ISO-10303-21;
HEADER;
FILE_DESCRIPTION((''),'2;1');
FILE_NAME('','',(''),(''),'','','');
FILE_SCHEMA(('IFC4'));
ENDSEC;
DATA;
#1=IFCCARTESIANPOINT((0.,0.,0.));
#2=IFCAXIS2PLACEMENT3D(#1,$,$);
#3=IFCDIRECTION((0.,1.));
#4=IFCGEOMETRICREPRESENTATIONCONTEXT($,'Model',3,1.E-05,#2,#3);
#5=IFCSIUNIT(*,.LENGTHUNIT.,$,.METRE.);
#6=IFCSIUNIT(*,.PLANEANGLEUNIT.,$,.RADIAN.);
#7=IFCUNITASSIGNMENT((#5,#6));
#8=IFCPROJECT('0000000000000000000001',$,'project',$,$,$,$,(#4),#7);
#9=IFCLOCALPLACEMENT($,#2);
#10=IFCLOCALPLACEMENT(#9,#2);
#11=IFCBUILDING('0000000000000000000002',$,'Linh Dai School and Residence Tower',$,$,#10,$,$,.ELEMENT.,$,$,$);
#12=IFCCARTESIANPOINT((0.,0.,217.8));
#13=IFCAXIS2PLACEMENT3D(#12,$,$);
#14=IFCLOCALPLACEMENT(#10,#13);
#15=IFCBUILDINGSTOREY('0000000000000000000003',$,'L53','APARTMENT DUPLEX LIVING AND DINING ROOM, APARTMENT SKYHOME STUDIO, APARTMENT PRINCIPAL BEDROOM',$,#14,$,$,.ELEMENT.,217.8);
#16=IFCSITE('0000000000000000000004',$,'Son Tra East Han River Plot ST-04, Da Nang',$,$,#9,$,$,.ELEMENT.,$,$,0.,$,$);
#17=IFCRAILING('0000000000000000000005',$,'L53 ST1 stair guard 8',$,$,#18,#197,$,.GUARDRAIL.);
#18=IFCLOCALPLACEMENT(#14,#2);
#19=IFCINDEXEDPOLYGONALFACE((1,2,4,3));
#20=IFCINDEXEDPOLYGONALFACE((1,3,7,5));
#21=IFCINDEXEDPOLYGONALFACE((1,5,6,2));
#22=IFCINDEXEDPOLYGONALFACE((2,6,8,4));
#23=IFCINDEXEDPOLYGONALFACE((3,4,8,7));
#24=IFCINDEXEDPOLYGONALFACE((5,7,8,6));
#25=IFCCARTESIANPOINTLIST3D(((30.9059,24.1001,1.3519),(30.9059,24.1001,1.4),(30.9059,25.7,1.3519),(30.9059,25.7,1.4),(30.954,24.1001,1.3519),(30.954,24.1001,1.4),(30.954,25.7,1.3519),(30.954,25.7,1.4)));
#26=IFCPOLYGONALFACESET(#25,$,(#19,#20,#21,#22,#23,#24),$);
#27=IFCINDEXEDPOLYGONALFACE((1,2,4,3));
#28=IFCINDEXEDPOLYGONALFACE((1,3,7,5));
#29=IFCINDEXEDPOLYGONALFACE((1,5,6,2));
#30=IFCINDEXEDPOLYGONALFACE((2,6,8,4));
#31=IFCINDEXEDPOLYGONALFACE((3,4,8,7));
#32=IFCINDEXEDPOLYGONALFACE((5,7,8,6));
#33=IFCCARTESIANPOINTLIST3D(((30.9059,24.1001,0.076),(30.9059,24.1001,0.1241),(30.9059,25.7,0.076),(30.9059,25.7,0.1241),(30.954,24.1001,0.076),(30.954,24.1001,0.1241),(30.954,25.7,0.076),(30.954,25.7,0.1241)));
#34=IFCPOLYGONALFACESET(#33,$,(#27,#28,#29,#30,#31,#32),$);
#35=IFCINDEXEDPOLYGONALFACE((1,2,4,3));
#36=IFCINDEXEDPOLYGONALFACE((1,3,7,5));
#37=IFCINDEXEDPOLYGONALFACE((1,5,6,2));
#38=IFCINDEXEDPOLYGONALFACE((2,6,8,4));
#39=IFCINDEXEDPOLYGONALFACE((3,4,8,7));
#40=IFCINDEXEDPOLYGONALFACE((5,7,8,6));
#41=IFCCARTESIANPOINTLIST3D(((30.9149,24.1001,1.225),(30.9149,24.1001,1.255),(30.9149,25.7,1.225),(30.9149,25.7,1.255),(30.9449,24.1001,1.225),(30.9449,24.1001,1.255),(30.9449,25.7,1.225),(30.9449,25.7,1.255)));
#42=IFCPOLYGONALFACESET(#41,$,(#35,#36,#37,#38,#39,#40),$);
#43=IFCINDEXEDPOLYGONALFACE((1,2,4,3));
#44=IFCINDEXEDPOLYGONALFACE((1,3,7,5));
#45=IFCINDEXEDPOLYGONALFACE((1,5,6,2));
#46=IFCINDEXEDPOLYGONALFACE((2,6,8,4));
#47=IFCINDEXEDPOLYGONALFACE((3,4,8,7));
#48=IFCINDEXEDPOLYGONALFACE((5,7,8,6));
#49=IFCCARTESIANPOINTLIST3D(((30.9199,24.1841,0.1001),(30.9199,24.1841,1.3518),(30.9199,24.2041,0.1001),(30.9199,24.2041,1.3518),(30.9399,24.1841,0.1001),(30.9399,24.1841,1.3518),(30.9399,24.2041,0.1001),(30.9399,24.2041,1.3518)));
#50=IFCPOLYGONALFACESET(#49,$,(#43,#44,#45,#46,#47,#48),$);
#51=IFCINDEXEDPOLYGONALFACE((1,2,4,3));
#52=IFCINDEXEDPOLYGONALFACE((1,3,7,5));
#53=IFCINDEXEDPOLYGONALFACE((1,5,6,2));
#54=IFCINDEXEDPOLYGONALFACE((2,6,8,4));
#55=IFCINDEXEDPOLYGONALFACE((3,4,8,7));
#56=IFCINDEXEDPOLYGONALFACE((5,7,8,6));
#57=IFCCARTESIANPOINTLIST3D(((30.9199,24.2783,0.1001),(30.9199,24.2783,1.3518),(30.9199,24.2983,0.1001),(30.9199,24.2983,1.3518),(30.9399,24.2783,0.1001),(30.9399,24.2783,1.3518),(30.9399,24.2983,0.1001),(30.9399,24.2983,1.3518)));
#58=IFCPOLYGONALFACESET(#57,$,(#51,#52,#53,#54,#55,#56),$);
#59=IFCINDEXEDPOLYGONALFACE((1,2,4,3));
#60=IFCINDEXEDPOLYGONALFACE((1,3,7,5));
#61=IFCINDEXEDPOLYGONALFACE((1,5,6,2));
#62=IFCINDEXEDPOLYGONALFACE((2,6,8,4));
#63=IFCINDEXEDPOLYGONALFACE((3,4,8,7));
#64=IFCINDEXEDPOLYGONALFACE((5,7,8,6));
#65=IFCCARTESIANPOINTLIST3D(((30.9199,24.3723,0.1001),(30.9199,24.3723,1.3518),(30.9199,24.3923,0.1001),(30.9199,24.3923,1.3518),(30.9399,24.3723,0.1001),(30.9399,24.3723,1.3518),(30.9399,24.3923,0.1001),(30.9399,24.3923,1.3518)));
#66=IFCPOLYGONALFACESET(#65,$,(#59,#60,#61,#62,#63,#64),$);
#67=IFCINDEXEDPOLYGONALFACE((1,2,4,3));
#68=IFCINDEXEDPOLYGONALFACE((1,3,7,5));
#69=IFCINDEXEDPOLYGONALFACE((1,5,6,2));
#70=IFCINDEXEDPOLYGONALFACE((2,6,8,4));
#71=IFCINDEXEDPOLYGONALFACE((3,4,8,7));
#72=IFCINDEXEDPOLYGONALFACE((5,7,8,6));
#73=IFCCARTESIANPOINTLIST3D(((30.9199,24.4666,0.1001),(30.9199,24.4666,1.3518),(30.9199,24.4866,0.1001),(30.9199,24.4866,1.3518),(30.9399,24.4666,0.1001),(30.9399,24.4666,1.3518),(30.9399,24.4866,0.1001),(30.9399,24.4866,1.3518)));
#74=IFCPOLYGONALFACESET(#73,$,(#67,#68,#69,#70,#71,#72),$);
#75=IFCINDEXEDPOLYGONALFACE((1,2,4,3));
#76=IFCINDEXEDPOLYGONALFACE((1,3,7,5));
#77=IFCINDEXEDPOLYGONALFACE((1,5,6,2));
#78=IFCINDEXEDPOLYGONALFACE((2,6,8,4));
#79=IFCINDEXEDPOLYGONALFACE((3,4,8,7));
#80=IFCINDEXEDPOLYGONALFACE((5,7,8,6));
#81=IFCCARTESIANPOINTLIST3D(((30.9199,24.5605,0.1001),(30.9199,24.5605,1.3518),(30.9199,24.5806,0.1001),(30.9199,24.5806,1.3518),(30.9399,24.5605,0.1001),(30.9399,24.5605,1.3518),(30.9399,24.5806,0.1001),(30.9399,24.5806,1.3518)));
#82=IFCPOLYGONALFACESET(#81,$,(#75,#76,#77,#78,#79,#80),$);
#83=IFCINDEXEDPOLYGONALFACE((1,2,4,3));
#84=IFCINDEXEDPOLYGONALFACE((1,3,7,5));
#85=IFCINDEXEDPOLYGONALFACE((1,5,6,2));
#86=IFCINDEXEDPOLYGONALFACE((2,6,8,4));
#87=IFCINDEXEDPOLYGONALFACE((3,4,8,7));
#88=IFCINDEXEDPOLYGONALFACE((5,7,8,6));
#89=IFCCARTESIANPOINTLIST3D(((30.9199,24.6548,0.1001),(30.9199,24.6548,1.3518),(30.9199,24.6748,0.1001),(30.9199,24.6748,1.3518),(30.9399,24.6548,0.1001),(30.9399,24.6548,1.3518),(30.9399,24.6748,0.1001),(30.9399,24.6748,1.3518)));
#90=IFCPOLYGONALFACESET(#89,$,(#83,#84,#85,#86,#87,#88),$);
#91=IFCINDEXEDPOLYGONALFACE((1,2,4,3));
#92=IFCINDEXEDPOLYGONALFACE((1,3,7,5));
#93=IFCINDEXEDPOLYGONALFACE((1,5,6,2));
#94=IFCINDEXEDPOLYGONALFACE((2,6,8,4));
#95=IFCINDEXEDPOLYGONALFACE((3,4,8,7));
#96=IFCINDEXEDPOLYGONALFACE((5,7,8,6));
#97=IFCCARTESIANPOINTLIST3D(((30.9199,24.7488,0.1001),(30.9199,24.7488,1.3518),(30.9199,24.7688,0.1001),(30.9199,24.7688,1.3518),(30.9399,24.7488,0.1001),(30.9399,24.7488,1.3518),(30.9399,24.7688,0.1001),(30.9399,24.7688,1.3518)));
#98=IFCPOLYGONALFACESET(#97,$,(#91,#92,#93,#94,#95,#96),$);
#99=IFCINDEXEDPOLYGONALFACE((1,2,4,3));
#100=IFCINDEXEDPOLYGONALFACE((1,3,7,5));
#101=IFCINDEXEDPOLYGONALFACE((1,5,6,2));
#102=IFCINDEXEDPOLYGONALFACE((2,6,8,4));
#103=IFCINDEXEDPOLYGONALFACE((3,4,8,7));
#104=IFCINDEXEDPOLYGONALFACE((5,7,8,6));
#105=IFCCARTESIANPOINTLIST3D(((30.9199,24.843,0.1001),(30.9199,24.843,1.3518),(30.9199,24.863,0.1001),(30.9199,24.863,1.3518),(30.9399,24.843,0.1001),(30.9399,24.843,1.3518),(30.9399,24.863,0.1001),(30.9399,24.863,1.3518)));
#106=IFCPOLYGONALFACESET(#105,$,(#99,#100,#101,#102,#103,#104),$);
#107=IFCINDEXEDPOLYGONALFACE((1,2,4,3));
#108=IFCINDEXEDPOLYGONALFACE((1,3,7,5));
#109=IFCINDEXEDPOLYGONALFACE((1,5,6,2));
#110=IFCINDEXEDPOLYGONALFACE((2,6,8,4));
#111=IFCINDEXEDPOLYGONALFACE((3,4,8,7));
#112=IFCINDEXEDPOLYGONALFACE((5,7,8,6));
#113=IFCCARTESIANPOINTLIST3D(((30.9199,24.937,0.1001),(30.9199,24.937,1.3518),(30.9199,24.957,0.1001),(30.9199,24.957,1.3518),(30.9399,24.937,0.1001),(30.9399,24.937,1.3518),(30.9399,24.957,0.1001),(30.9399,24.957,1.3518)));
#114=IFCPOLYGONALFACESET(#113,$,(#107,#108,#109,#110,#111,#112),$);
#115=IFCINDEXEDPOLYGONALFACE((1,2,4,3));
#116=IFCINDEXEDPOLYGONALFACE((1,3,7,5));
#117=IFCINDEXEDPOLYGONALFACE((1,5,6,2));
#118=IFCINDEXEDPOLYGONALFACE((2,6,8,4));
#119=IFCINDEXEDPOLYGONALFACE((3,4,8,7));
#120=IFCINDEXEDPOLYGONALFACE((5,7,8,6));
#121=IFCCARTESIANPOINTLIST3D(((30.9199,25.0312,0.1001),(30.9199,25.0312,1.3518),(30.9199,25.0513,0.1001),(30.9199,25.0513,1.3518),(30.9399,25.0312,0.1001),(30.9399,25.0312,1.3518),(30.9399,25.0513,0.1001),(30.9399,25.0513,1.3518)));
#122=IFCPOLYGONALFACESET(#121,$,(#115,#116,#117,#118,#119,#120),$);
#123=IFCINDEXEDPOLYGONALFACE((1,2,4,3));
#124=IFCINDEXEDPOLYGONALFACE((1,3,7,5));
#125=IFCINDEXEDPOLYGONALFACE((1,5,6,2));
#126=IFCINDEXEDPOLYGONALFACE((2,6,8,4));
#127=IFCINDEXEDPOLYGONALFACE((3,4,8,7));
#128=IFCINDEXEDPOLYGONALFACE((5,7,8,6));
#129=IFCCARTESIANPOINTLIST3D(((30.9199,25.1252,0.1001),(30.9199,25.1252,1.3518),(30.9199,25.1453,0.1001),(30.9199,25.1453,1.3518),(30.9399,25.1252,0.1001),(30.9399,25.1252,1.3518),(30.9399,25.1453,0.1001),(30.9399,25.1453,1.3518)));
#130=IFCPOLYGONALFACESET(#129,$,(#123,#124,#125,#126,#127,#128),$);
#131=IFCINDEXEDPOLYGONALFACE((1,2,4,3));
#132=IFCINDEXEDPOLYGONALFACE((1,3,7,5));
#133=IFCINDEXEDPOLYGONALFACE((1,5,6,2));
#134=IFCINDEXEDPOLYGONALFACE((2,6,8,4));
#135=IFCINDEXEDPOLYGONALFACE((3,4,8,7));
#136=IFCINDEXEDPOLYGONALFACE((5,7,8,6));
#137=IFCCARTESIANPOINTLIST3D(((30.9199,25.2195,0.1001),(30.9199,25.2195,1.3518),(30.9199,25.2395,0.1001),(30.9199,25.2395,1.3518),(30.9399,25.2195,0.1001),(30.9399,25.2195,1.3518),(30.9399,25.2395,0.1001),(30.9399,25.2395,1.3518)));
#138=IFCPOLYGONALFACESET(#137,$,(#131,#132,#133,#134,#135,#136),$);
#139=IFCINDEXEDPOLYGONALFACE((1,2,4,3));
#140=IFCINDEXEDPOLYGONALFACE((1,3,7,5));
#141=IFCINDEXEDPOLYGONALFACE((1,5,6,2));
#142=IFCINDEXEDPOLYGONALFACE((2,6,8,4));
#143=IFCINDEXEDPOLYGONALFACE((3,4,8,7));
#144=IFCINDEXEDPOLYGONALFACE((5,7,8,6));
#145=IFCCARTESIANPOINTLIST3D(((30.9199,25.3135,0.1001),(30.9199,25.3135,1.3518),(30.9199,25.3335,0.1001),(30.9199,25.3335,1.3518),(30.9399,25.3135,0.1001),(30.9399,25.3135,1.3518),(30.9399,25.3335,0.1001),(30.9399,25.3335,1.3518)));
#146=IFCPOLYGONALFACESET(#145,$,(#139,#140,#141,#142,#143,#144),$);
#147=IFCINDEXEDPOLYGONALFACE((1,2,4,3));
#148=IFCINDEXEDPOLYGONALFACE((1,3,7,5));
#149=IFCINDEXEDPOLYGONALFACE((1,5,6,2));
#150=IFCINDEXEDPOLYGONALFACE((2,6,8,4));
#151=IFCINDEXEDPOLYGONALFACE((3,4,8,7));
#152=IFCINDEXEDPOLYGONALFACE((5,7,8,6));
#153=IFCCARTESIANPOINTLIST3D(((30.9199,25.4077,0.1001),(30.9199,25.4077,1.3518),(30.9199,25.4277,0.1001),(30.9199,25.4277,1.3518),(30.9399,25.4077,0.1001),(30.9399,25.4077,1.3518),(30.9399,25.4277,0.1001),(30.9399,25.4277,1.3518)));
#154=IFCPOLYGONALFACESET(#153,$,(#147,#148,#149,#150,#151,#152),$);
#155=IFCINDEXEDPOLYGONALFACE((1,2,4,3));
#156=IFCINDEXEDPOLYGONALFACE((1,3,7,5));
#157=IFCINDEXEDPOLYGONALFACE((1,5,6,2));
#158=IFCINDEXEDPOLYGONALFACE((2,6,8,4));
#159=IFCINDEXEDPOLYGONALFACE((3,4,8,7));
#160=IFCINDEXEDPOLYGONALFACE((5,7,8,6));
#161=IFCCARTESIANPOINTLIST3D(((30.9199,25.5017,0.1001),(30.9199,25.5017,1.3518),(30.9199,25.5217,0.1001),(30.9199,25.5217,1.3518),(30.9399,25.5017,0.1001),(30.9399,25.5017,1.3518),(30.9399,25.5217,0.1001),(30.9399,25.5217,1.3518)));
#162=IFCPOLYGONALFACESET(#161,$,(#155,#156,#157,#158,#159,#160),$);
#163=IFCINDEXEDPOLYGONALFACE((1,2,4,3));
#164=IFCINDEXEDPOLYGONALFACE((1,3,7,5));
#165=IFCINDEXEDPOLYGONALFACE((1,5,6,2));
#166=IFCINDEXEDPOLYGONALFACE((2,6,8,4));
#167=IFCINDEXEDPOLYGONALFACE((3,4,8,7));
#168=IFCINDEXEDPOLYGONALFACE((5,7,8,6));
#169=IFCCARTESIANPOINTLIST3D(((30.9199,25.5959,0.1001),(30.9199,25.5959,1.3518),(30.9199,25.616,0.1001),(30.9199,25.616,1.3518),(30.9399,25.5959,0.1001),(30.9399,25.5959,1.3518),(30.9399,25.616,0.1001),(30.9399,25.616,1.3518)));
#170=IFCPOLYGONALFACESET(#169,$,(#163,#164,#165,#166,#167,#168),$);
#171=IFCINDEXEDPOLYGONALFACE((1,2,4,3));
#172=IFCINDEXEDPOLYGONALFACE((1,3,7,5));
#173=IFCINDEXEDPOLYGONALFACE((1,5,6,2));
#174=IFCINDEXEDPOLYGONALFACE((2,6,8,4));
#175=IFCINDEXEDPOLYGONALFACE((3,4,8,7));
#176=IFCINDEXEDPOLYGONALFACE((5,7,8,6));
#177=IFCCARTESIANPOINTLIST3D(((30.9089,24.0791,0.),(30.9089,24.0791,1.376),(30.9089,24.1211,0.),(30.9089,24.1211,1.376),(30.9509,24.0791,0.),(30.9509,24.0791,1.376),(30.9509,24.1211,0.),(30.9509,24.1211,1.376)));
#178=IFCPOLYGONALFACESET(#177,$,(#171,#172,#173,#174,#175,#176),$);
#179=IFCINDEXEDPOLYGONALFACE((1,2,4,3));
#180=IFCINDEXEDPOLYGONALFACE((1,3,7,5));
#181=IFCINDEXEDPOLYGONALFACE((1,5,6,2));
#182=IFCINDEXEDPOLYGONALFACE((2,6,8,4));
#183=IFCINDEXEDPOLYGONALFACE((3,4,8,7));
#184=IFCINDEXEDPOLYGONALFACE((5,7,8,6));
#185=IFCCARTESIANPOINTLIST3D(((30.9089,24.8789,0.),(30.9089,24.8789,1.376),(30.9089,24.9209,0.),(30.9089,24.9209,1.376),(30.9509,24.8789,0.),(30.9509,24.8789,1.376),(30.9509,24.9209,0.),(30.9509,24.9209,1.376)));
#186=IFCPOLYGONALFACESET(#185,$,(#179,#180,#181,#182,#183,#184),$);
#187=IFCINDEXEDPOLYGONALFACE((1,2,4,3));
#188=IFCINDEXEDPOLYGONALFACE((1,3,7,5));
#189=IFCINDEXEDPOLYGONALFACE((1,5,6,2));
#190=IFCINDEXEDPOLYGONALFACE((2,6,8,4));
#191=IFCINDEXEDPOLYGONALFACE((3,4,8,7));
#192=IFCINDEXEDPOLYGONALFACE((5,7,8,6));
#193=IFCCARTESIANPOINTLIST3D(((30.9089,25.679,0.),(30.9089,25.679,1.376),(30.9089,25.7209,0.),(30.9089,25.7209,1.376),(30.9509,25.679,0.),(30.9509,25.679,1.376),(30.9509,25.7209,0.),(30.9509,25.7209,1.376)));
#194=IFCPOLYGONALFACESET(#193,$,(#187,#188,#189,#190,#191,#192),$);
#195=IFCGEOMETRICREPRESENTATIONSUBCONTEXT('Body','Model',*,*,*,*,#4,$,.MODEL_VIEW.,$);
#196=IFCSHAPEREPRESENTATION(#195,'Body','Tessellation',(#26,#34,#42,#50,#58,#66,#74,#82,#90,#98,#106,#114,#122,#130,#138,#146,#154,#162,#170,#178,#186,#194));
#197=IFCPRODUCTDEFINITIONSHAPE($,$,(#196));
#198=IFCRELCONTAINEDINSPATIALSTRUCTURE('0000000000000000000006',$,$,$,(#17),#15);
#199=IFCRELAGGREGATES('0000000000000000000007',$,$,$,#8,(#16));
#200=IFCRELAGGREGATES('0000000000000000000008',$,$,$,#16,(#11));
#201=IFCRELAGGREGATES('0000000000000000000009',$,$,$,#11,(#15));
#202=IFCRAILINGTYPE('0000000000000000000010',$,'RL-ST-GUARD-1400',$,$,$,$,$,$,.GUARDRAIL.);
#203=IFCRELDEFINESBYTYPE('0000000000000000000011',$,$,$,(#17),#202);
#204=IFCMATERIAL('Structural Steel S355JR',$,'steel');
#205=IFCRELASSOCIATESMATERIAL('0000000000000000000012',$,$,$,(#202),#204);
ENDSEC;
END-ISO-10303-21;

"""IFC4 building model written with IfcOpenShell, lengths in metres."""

from ifc_helpers import new_model, si_unit, direction, frame, origin, origin_2d, place, context, subcontext, project, spatial, rectangle, extrude, source, transform, mapped, material, type_object, element, save


model = new_model("IFC4")

# Units and contexts
model_context = context("Model", 3, precision=1e-05, world=origin(), true_north=direction((0.0, 1.0)))
body_context = subcontext(model_context, "Body", "Model", "MODEL_VIEW")
ifc_project = project(units=[si_unit("LENGTHUNIT", "METRE"), si_unit("PLANEANGLEUNIT", "RADIAN")], contexts=[model_context])

# Site, building, storey
site_placement = place(None, origin())
site = spatial("IfcSite", under=ifc_project, at=site_placement, Name="Son Tra East Han River Plot ST-04, Da Nang", CompositionType="ELEMENT", RefElevation=0.0)
building_placement = place(site_placement, origin())
building = spatial("IfcBuilding", under=site, at=building_placement, Name="Linh Dai School and Residence Tower", CompositionType="ELEMENT")
storey_placement = place(building_placement, frame((0.0, 0.0, 217.8)))
storey = spatial("IfcBuildingStorey", under=building, at=storey_placement, Name="L53", Description="APARTMENT DUPLEX LIVING AND DINING ROOM, APARTMENT SKYHOME STUDIO, APARTMENT PRINCIPAL BEDROOM", CompositionType="ELEMENT", Elevation=217.8)

# Shared definitions
ifc_material_1 = material(Name="Structural Steel S355JR", Category="steel")

# Railing
railing_type = type_object("IfcRailingType", Name="RL-ST-GUARD-1400", PredefinedType="GUARDRAIL", material=ifc_material_1)
shared_shape_1 = source(origin(), body_context, "Body", "SweptSolid", [
    extrude(rectangle(XDim=0.0481, YDim=0.0481, at=origin_2d()), frame((0.0, 0.0, 1.376), z_axis=(0.0, 1.0, 0.0), x_axis=(-1.0, 0.0, 0.0)), (0.0, 0.0, 1.0), 1.5999),
    extrude(rectangle(XDim=0.0481, YDim=0.0481, at=origin_2d()), frame((0.0, 0.0, 0.1001), z_axis=(0.0, 1.0, 0.0), x_axis=(-1.0, 0.0, 0.0)), (0.0, 0.0, 1.0), 1.5999),
    extrude(rectangle(XDim=0.03, YDim=0.03, at=origin_2d()), frame((0.0, 0.0, 1.24), z_axis=(0.0, 1.0, 0.0), x_axis=(-1.0, 0.0, 0.0)), (0.0, 0.0, 1.0), 1.5999),
    extrude(rectangle(XDim=0.02, YDim=0.02, at=origin_2d()), frame((0.0, 0.094, 0.1001)), (0.0, 0.0, 1.0), 1.2517),
    extrude(rectangle(XDim=0.02, YDim=0.02, at=origin_2d()), frame((0.0, 0.1882, 0.1001)), (0.0, 0.0, 1.0), 1.2517),
    extrude(rectangle(XDim=0.02, YDim=0.02, at=origin_2d()), frame((0.0, 0.2822, 0.1001)), (0.0, 0.0, 1.0), 1.2517),
    extrude(rectangle(XDim=0.02, YDim=0.02, at=origin_2d()), frame((0.0, 0.3765, 0.1001)), (0.0, 0.0, 1.0), 1.2517),
    extrude(rectangle(XDim=0.02, YDim=0.02, at=origin_2d()), frame((0.0, 0.4705, 0.1001)), (0.0, 0.0, 1.0), 1.2517),
    extrude(rectangle(XDim=0.02, YDim=0.02, at=origin_2d()), frame((0.0, 0.5647, 0.1001)), (0.0, 0.0, 1.0), 1.2517),
    extrude(rectangle(XDim=0.02, YDim=0.02, at=origin_2d()), frame((0.0, 0.6587, 0.1001)), (0.0, 0.0, 1.0), 1.2517),
    extrude(rectangle(XDim=0.02, YDim=0.02, at=origin_2d()), frame((0.0, 0.7529, 0.1001)), (0.0, 0.0, 1.0), 1.2517),
    extrude(rectangle(XDim=0.02, YDim=0.02, at=origin_2d()), frame((0.0, 0.8469, 0.1001)), (0.0, 0.0, 1.0), 1.2517),
    extrude(rectangle(XDim=0.02, YDim=0.02, at=origin_2d()), frame((0.0, 0.9412, 0.1001)), (0.0, 0.0, 1.0), 1.2517),
    extrude(rectangle(XDim=0.02, YDim=0.02, at=origin_2d()), frame((0.0, 1.0352, 0.1001)), (0.0, 0.0, 1.0), 1.2517),
    extrude(rectangle(XDim=0.02, YDim=0.02, at=origin_2d()), frame((0.0, 1.1294, 0.1001)), (0.0, 0.0, 1.0), 1.2517),
    extrude(rectangle(XDim=0.02, YDim=0.02, at=origin_2d()), frame((0.0, 1.2234, 0.1001)), (0.0, 0.0, 1.0), 1.2517),
    extrude(rectangle(XDim=0.02, YDim=0.02, at=origin_2d()), frame((0.0, 1.3176, 0.1001)), (0.0, 0.0, 1.0), 1.2517),
    extrude(rectangle(XDim=0.02, YDim=0.02, at=origin_2d()), frame((0.0, 1.4116, 0.1001)), (0.0, 0.0, 1.0), 1.2517),
    extrude(rectangle(XDim=0.02, YDim=0.02, at=origin_2d()), frame((0.0, 1.5059, 0.1001)), (0.0, 0.0, 1.0), 1.2517),
    extrude(rectangle(XDim=0.042, YDim=0.042, at=origin_2d()), origin(), (0.0, 0.0, 1.0), 1.376),
    extrude(rectangle(XDim=0.042, YDim=0.042, at=origin_2d()), frame((0.0, 0.7998, 0.0)), (0.0, 0.0, 1.0), 1.376),
    extrude(rectangle(XDim=0.042, YDim=0.042, at=origin_2d()), frame((0.0, 1.5999, 0.0)), (0.0, 0.0, 1.0), 1.376),
])
for number, where, name in (
    (1, (30.9299, 24.1001, 0.0), "L53 ST1 stair guard 8"),
):
    element("IfcRailing", number, at=place(storey_placement, frame(where)), inside=storey, type_object=railing_type, Name=name, PredefinedType="GUARDRAIL", context=body_context, shape_type="MappedRepresentation", body=[
        mapped(shared_shape_1, transform((0.0, 0.0, 0.0), x_axis=(1.0, 0.0, 0.0), y_axis=(0.0, 1.0, 0.0), z_axis=(0.0, 0.0, 1.0), scale=1.0)),
    ])

save(model, "model.ifc")
